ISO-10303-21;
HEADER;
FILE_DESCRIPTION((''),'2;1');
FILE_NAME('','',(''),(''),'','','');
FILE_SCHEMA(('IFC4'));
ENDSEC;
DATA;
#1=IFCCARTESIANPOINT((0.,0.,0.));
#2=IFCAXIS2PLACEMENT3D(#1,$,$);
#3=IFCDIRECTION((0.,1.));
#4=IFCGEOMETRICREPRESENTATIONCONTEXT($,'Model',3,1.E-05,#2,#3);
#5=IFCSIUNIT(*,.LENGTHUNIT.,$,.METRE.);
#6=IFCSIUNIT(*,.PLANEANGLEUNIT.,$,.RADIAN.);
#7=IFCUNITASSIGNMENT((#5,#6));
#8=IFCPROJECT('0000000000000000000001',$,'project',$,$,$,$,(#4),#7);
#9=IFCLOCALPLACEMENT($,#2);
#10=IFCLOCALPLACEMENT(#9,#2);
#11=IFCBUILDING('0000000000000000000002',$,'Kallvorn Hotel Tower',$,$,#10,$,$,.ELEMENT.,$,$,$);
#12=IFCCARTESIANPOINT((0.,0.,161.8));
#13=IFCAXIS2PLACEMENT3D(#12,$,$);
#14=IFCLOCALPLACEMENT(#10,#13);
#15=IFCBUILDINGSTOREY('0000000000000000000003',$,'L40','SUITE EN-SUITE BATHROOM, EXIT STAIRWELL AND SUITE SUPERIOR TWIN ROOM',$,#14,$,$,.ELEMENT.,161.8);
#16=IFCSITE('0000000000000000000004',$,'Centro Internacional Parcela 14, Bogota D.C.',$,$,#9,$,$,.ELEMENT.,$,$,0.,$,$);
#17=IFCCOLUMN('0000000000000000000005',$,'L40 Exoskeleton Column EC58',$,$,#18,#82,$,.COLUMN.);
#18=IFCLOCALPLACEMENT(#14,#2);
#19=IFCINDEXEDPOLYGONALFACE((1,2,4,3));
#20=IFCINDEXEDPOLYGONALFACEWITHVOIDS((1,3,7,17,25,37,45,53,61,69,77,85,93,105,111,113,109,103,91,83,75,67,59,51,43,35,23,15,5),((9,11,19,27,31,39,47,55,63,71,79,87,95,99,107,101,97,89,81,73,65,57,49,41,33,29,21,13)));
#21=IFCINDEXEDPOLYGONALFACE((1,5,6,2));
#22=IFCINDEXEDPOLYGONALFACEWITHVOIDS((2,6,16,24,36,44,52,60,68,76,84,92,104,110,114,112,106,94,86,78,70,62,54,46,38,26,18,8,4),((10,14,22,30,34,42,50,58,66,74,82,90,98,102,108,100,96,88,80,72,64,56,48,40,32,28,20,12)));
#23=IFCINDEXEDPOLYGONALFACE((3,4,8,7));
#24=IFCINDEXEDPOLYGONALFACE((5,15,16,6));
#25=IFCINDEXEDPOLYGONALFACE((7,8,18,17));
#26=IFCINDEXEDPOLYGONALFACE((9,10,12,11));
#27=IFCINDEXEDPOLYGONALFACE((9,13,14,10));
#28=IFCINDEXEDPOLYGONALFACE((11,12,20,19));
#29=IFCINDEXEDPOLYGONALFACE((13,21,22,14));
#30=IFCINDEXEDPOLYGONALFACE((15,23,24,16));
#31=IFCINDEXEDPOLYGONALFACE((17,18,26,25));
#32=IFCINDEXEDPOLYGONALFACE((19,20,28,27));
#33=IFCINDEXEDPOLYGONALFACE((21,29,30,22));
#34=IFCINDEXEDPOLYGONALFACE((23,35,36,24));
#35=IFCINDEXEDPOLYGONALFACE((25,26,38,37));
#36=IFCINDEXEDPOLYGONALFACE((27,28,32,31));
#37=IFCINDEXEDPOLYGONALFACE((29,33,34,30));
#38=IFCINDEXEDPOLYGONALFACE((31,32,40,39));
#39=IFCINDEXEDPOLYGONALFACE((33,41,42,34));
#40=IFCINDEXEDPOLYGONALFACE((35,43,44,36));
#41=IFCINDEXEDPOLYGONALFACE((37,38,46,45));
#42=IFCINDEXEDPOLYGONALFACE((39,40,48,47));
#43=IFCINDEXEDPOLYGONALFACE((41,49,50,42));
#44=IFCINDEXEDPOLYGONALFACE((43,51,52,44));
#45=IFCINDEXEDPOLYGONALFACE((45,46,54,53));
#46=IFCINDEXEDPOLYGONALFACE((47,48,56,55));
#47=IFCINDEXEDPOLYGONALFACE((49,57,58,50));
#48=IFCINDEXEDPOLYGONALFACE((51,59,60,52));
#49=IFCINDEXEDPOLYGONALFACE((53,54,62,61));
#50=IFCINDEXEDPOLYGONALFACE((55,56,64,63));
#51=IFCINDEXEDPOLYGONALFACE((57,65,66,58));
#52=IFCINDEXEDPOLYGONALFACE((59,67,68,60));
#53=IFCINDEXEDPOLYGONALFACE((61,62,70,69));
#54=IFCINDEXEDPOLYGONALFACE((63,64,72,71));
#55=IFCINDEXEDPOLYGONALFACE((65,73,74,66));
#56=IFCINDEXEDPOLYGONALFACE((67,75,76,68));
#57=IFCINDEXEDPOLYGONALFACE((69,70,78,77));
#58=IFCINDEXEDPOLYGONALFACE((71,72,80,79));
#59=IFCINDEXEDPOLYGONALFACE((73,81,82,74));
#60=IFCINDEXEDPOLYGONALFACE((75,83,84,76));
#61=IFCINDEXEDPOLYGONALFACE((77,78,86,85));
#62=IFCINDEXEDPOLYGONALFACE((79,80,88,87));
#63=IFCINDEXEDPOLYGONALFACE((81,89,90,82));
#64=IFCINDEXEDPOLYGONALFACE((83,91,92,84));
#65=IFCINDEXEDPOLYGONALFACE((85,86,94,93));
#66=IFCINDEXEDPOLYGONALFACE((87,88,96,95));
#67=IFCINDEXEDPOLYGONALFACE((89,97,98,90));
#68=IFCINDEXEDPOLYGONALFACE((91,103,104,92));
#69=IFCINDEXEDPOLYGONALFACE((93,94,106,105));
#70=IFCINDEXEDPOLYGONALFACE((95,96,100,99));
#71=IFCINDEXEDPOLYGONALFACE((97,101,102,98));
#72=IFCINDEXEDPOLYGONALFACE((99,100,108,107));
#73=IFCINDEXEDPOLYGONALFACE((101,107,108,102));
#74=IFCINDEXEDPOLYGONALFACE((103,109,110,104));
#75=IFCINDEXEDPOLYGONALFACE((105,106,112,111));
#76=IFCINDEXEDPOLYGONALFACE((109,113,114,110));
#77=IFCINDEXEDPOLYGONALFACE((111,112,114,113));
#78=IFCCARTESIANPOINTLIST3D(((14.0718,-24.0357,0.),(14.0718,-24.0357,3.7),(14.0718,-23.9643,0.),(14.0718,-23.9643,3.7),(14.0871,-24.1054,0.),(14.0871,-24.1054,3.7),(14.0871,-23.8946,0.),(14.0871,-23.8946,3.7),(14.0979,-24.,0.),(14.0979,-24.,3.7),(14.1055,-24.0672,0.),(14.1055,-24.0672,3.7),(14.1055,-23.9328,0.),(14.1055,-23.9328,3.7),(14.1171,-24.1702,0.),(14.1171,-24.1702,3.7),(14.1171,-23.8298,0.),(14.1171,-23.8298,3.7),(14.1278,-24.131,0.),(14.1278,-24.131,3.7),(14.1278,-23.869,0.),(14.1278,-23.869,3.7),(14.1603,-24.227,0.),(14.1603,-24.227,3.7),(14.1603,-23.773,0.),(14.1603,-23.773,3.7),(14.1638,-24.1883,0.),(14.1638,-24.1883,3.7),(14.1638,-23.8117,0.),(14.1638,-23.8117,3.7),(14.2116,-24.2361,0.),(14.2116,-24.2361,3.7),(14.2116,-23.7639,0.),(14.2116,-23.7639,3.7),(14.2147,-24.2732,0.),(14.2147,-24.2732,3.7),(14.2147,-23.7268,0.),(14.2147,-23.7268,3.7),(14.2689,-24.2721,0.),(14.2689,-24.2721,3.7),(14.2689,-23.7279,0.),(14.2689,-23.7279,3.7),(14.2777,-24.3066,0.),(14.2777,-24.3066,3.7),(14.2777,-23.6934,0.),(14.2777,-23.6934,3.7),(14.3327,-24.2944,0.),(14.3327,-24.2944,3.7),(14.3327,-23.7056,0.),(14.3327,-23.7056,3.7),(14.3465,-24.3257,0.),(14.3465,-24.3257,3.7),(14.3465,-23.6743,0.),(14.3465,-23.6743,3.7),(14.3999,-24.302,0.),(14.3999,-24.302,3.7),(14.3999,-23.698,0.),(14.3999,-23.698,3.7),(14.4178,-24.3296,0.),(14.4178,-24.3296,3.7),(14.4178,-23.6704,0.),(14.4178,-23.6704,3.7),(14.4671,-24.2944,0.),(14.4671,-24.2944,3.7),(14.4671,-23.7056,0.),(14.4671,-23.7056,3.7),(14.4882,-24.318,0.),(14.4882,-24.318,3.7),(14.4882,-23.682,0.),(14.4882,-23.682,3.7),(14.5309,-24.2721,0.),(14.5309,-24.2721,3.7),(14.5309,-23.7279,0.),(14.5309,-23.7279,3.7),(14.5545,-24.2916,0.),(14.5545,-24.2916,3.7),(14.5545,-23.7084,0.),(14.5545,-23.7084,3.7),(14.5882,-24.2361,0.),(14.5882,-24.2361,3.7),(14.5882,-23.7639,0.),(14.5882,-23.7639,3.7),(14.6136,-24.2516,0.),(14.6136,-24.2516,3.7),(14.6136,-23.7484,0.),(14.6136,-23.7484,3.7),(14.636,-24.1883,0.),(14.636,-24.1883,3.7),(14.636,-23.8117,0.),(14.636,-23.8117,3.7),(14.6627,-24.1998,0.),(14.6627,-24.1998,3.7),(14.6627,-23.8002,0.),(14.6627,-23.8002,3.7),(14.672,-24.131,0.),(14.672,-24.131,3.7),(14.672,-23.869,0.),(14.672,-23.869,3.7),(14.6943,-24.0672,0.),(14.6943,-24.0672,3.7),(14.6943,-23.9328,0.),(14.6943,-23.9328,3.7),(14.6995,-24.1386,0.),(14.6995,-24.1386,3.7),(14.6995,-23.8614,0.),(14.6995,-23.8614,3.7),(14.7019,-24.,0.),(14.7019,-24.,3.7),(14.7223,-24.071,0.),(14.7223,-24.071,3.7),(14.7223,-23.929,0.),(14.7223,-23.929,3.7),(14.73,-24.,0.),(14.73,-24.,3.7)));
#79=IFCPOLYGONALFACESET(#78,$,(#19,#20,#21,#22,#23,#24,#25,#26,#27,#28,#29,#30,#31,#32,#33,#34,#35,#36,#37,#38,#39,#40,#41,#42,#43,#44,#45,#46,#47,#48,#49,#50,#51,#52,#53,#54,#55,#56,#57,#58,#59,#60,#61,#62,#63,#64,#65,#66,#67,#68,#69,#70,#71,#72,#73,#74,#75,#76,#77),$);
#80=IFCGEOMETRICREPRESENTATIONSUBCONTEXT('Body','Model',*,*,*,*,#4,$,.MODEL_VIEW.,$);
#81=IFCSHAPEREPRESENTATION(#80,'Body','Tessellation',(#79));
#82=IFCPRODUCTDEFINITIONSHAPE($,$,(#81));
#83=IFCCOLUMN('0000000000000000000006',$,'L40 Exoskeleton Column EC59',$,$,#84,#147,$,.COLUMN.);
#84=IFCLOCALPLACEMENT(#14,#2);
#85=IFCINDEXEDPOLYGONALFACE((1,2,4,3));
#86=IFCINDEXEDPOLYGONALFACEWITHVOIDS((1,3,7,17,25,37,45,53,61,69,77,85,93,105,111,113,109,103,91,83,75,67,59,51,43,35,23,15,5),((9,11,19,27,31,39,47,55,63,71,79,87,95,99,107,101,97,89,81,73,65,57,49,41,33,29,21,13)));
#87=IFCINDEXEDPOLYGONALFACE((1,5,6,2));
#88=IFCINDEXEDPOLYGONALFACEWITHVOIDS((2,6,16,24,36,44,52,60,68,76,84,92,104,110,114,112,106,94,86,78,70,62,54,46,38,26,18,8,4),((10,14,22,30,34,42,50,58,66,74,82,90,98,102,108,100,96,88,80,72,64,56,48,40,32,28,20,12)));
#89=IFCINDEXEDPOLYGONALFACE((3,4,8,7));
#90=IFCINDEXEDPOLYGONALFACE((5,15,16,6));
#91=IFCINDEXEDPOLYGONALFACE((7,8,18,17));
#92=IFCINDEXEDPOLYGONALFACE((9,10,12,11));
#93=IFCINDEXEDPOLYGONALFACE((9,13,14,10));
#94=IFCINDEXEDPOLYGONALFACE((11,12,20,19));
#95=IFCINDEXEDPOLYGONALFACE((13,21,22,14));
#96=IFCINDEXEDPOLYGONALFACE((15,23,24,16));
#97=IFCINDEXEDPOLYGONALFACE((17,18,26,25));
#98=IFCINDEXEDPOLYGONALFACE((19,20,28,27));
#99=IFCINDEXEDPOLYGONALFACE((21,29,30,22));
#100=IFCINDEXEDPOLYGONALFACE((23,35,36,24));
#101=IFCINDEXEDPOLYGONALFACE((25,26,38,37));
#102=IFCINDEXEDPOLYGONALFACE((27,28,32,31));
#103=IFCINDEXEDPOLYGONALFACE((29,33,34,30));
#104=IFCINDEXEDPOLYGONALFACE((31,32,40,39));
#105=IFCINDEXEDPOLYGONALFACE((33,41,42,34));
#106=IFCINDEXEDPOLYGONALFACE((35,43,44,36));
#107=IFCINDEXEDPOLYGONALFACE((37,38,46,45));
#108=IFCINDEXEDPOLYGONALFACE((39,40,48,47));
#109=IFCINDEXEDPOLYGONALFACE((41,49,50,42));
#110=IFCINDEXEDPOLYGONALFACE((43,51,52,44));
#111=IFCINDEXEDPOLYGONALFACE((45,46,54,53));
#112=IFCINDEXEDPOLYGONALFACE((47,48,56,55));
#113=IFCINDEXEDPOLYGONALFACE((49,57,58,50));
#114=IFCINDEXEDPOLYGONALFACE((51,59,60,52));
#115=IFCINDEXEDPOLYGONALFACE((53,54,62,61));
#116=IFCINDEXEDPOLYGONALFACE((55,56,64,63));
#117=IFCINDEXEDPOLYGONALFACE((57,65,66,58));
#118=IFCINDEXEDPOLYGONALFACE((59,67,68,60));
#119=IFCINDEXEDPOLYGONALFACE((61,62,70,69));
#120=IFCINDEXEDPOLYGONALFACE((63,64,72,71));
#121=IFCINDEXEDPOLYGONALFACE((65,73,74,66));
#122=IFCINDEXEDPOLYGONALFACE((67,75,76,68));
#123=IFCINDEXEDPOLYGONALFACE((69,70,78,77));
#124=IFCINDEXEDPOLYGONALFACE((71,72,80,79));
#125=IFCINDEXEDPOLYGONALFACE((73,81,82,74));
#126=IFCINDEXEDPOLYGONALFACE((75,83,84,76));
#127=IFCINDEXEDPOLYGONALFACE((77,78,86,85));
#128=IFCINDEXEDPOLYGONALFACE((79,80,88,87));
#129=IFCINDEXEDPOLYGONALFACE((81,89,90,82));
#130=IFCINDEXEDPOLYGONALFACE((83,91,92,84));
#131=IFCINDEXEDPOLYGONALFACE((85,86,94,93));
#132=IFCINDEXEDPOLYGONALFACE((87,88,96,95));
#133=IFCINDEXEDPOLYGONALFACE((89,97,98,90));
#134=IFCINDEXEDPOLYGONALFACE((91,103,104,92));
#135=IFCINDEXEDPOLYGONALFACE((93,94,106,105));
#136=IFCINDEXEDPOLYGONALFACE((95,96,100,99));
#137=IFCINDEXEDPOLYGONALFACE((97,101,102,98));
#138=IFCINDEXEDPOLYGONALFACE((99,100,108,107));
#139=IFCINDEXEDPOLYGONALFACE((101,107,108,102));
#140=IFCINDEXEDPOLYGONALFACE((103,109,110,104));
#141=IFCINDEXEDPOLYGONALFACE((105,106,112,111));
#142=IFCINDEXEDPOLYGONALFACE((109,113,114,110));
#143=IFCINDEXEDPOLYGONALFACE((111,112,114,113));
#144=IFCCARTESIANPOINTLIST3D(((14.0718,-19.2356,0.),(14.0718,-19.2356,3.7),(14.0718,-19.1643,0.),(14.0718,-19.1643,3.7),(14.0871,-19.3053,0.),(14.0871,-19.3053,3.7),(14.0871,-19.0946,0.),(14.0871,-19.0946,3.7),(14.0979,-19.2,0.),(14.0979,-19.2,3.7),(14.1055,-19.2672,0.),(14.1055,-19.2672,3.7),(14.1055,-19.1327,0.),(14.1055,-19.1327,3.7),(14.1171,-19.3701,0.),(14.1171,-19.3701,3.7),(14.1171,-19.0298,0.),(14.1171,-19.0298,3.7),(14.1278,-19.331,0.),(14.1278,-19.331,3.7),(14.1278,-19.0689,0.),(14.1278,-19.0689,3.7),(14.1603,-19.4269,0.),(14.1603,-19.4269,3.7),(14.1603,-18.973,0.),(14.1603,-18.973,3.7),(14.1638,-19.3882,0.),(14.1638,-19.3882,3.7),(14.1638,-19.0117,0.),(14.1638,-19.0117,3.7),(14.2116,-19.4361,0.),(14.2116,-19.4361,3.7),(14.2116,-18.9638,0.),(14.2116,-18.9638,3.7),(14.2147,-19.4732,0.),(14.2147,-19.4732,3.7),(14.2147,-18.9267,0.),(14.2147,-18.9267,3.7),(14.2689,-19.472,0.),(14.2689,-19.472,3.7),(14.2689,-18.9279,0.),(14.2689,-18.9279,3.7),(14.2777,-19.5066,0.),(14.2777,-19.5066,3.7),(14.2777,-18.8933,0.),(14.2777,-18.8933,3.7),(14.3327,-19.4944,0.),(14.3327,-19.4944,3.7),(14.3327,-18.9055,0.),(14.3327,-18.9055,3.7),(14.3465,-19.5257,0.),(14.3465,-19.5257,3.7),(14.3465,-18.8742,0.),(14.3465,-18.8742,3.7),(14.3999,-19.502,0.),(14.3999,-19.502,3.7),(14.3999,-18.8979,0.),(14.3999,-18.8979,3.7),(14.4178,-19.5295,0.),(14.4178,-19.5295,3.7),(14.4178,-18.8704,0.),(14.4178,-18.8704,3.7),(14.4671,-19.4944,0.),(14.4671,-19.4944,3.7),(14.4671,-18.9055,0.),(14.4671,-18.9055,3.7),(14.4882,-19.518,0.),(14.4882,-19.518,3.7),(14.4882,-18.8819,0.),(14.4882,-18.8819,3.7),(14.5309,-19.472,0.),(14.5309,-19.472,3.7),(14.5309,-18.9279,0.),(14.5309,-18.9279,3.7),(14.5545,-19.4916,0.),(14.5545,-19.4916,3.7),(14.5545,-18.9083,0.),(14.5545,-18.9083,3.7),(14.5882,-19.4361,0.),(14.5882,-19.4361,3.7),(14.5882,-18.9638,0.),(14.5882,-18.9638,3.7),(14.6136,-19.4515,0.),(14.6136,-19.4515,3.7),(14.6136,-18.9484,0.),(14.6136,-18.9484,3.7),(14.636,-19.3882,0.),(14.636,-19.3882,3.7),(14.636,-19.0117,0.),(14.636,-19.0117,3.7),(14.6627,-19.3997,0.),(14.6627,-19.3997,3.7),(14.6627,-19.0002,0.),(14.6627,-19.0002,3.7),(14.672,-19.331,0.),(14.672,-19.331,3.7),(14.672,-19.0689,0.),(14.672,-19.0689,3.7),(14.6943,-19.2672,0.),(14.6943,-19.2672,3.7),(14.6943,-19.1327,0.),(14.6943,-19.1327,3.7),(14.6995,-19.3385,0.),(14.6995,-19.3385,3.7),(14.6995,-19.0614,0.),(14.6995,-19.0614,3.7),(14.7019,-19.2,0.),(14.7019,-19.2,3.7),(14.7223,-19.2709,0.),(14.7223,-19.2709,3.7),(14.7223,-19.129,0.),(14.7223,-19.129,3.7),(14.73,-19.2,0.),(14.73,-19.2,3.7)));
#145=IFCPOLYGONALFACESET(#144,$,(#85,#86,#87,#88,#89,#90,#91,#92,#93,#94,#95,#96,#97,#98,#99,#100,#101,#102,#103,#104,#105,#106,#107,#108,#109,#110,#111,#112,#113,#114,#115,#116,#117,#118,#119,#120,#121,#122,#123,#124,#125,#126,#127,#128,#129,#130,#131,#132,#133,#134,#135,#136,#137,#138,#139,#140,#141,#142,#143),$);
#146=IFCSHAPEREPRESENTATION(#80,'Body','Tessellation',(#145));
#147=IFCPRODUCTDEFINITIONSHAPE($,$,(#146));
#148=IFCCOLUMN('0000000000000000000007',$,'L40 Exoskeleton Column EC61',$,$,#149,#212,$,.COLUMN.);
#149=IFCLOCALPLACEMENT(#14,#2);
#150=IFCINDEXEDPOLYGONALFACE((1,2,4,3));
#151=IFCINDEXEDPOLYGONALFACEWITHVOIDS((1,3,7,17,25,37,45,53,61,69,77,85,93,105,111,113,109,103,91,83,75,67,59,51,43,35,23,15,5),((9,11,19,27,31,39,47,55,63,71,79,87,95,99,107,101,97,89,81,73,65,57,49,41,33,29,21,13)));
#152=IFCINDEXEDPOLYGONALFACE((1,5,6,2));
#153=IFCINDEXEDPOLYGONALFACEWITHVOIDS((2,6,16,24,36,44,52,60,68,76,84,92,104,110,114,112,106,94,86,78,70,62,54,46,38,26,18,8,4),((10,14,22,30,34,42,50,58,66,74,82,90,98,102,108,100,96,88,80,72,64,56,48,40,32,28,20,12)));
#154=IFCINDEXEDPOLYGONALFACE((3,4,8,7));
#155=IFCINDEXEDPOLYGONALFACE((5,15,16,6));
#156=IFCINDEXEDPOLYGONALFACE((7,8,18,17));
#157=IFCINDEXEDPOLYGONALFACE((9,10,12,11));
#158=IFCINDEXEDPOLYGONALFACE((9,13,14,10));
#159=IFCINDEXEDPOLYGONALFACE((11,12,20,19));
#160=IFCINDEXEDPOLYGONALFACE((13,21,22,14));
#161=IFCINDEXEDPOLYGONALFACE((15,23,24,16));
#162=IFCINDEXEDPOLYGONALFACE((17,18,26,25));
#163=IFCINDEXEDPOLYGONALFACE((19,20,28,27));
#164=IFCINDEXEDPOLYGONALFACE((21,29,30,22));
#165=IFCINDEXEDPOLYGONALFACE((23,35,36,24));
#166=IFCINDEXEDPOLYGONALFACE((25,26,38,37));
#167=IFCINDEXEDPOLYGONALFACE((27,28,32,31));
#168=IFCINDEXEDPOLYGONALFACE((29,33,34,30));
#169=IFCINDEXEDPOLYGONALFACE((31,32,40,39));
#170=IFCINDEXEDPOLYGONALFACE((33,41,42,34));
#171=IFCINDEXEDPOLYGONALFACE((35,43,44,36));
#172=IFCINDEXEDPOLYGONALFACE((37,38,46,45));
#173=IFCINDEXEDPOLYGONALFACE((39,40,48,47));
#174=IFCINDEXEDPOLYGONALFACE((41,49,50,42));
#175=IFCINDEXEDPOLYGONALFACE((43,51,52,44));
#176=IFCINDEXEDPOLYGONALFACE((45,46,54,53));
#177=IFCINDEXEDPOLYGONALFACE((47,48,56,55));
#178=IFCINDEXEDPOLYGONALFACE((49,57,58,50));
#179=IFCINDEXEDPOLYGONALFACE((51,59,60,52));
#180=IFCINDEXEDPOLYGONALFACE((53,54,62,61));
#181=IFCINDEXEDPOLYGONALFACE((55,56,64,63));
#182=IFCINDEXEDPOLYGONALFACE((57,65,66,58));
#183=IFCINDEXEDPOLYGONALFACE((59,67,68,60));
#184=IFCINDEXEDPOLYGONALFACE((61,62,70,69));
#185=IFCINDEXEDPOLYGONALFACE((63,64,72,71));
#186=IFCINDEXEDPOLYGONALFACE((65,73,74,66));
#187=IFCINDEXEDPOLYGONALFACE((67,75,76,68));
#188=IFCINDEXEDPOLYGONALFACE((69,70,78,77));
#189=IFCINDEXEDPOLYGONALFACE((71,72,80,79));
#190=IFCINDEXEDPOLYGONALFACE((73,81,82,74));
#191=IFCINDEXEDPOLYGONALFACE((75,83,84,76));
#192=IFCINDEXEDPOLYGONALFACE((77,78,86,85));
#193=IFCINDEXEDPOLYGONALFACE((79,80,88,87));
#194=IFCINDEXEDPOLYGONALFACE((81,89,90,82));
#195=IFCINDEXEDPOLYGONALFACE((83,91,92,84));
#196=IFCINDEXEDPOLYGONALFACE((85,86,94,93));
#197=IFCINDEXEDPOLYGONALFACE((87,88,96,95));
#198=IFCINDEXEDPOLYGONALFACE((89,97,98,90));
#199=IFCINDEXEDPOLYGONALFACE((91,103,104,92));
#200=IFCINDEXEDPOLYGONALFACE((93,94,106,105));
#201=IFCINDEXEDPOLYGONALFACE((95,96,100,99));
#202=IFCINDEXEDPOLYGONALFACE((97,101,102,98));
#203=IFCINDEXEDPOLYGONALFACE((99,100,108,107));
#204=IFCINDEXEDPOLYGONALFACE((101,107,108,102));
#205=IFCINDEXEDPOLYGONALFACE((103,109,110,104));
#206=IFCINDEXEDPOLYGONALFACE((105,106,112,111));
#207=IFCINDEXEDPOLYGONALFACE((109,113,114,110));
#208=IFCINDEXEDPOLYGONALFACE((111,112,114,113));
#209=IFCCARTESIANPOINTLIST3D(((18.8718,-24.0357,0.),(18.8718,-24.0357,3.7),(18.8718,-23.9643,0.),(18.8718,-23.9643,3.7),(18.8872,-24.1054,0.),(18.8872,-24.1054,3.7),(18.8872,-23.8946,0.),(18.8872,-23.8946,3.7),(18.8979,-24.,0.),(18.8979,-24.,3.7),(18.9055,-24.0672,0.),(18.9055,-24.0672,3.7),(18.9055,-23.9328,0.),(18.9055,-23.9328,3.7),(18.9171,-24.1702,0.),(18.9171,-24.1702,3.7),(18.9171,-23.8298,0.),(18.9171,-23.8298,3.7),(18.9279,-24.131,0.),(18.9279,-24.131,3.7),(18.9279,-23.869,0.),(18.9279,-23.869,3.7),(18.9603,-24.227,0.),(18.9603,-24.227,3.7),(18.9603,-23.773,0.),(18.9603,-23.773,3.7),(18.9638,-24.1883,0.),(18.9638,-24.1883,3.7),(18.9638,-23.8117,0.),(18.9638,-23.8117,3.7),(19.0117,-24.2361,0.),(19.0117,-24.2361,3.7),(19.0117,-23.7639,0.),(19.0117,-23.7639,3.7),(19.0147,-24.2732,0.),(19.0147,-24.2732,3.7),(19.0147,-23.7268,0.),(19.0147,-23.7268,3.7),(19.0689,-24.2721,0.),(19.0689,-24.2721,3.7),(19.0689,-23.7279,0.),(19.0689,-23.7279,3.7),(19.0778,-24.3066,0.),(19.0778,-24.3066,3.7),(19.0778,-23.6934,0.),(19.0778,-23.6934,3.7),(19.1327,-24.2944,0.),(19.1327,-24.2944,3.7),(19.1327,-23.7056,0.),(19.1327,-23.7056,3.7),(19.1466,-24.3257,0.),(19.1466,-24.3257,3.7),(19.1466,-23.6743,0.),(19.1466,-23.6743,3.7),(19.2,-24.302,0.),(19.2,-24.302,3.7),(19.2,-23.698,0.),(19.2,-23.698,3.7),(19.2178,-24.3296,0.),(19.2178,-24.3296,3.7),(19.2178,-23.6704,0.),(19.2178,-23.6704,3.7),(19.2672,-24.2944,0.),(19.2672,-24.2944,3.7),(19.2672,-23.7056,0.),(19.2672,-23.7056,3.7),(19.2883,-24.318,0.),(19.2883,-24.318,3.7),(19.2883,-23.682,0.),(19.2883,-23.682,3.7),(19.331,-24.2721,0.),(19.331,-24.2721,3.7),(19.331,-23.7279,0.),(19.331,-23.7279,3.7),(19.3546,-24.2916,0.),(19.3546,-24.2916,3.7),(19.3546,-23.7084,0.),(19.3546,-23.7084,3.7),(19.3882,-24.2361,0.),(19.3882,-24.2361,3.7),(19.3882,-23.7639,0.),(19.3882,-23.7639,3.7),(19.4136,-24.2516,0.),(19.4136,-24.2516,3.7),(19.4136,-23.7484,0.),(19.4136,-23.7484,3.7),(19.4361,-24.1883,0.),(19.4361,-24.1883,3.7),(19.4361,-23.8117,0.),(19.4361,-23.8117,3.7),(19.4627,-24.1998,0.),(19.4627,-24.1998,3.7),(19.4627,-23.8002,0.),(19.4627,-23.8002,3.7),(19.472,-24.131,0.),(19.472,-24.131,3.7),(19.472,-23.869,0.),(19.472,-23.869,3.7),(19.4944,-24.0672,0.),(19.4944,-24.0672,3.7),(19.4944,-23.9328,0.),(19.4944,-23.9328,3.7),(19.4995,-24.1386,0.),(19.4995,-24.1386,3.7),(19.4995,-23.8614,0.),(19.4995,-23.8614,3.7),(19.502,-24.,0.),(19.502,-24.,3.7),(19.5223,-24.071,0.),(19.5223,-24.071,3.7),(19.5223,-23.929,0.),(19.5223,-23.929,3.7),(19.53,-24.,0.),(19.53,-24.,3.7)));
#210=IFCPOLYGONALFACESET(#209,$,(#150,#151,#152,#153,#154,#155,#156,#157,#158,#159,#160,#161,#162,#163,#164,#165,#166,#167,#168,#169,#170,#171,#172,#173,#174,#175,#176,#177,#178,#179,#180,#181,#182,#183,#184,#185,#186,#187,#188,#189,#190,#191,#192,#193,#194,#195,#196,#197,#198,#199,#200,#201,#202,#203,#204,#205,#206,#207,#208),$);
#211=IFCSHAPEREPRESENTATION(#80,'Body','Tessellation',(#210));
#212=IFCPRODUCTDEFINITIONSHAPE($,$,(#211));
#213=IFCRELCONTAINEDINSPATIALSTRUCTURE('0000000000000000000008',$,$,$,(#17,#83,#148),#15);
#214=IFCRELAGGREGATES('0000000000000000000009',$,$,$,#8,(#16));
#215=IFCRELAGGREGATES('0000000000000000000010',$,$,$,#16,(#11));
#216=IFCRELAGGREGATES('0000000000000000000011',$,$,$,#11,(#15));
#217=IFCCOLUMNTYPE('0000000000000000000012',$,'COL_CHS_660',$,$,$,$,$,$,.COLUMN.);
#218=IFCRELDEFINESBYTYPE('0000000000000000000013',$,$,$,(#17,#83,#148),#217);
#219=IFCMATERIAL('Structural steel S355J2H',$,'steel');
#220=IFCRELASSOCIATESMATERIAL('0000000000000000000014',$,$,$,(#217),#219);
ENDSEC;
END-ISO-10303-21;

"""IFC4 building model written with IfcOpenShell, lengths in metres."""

from ifc_helpers import new_model, si_unit, direction, frame, origin, origin_2d, place, context, subcontext, project, spatial, hollow_circle, extrude, material, material_profile, profile_set, type_object, element, save


model = new_model("IFC4")

# Units and contexts
model_context = context("Model", 3, precision=1e-05, world=origin(), true_north=direction((0.0, 1.0)))
body_context = subcontext(model_context, "Body", "Model", "MODEL_VIEW")
ifc_project = project(units=[si_unit("LENGTHUNIT", "METRE"), si_unit("PLANEANGLEUNIT", "RADIAN")], contexts=[model_context])

# Site, building, storey
site_placement = place(None, origin())
site = spatial("IfcSite", under=ifc_project, at=site_placement, Name="Centro Internacional Parcela 14, Bogota D.C.", CompositionType="ELEMENT", RefElevation=0.0)
building_placement = place(site_placement, origin())
building = spatial("IfcBuilding", under=site, at=building_placement, Name="Kallvorn Hotel Tower", CompositionType="ELEMENT")
storey_placement = place(building_placement, frame((0.0, 0.0, 161.8)))
storey = spatial("IfcBuildingStorey", under=building, at=storey_placement, Name="L40", Description="SUITE EN-SUITE BATHROOM, EXIT STAIRWELL AND SUITE SUPERIOR TWIN ROOM", CompositionType="ELEMENT", Elevation=161.8)

# Columns
ifc_material_1 = material(Name="Structural steel S355J2H", Category="steel")
ifc_material_profile_1 = material_profile(ifc_material_1, hollow_circle(Radius=0.3301, WallThickness=0.0281, at=origin_2d()), Name="CHS 660x28")
ifc_profile_set_1 = profile_set([ifc_material_profile_1], Name="Structural steel S355J2H")
column_type = type_object("IfcColumnType", Name="COL_CHS_660", PredefinedType="COLUMN", material=ifc_profile_set_1)
for number, where, z_axis, x_axis, name in (
    (1, (14.3999, -24.0, 0.0), (0.0, 0.0, 1.0), (1.0, 0.0, 0.0), "L40 Exoskeleton Column EC58"),
    (2, (14.3999, -19.2, 0.0), (0.0, 0.0, 1.0), (1.0, 0.0, 0.0), "L40 Exoskeleton Column EC59"),
    (3, (19.2, -24.0, 0.0), (0.0, 0.0, 1.0), (1.0, 0.0, 0.0), "L40 Exoskeleton Column EC61"),
):
    element("IfcColumn", number, at=place(storey_placement, frame(where, z_axis=z_axis, x_axis=x_axis)), inside=storey, type_object=column_type, Name=name, PredefinedType="COLUMN", context=body_context, shape_type="SweptSolid", body=[
        extrude(hollow_circle(Radius=0.3301, WallThickness=0.0281, at=origin_2d()), origin(), (0.0, 0.0, 1.0), 3.7),
    ])

save(model, "model.ifc")
